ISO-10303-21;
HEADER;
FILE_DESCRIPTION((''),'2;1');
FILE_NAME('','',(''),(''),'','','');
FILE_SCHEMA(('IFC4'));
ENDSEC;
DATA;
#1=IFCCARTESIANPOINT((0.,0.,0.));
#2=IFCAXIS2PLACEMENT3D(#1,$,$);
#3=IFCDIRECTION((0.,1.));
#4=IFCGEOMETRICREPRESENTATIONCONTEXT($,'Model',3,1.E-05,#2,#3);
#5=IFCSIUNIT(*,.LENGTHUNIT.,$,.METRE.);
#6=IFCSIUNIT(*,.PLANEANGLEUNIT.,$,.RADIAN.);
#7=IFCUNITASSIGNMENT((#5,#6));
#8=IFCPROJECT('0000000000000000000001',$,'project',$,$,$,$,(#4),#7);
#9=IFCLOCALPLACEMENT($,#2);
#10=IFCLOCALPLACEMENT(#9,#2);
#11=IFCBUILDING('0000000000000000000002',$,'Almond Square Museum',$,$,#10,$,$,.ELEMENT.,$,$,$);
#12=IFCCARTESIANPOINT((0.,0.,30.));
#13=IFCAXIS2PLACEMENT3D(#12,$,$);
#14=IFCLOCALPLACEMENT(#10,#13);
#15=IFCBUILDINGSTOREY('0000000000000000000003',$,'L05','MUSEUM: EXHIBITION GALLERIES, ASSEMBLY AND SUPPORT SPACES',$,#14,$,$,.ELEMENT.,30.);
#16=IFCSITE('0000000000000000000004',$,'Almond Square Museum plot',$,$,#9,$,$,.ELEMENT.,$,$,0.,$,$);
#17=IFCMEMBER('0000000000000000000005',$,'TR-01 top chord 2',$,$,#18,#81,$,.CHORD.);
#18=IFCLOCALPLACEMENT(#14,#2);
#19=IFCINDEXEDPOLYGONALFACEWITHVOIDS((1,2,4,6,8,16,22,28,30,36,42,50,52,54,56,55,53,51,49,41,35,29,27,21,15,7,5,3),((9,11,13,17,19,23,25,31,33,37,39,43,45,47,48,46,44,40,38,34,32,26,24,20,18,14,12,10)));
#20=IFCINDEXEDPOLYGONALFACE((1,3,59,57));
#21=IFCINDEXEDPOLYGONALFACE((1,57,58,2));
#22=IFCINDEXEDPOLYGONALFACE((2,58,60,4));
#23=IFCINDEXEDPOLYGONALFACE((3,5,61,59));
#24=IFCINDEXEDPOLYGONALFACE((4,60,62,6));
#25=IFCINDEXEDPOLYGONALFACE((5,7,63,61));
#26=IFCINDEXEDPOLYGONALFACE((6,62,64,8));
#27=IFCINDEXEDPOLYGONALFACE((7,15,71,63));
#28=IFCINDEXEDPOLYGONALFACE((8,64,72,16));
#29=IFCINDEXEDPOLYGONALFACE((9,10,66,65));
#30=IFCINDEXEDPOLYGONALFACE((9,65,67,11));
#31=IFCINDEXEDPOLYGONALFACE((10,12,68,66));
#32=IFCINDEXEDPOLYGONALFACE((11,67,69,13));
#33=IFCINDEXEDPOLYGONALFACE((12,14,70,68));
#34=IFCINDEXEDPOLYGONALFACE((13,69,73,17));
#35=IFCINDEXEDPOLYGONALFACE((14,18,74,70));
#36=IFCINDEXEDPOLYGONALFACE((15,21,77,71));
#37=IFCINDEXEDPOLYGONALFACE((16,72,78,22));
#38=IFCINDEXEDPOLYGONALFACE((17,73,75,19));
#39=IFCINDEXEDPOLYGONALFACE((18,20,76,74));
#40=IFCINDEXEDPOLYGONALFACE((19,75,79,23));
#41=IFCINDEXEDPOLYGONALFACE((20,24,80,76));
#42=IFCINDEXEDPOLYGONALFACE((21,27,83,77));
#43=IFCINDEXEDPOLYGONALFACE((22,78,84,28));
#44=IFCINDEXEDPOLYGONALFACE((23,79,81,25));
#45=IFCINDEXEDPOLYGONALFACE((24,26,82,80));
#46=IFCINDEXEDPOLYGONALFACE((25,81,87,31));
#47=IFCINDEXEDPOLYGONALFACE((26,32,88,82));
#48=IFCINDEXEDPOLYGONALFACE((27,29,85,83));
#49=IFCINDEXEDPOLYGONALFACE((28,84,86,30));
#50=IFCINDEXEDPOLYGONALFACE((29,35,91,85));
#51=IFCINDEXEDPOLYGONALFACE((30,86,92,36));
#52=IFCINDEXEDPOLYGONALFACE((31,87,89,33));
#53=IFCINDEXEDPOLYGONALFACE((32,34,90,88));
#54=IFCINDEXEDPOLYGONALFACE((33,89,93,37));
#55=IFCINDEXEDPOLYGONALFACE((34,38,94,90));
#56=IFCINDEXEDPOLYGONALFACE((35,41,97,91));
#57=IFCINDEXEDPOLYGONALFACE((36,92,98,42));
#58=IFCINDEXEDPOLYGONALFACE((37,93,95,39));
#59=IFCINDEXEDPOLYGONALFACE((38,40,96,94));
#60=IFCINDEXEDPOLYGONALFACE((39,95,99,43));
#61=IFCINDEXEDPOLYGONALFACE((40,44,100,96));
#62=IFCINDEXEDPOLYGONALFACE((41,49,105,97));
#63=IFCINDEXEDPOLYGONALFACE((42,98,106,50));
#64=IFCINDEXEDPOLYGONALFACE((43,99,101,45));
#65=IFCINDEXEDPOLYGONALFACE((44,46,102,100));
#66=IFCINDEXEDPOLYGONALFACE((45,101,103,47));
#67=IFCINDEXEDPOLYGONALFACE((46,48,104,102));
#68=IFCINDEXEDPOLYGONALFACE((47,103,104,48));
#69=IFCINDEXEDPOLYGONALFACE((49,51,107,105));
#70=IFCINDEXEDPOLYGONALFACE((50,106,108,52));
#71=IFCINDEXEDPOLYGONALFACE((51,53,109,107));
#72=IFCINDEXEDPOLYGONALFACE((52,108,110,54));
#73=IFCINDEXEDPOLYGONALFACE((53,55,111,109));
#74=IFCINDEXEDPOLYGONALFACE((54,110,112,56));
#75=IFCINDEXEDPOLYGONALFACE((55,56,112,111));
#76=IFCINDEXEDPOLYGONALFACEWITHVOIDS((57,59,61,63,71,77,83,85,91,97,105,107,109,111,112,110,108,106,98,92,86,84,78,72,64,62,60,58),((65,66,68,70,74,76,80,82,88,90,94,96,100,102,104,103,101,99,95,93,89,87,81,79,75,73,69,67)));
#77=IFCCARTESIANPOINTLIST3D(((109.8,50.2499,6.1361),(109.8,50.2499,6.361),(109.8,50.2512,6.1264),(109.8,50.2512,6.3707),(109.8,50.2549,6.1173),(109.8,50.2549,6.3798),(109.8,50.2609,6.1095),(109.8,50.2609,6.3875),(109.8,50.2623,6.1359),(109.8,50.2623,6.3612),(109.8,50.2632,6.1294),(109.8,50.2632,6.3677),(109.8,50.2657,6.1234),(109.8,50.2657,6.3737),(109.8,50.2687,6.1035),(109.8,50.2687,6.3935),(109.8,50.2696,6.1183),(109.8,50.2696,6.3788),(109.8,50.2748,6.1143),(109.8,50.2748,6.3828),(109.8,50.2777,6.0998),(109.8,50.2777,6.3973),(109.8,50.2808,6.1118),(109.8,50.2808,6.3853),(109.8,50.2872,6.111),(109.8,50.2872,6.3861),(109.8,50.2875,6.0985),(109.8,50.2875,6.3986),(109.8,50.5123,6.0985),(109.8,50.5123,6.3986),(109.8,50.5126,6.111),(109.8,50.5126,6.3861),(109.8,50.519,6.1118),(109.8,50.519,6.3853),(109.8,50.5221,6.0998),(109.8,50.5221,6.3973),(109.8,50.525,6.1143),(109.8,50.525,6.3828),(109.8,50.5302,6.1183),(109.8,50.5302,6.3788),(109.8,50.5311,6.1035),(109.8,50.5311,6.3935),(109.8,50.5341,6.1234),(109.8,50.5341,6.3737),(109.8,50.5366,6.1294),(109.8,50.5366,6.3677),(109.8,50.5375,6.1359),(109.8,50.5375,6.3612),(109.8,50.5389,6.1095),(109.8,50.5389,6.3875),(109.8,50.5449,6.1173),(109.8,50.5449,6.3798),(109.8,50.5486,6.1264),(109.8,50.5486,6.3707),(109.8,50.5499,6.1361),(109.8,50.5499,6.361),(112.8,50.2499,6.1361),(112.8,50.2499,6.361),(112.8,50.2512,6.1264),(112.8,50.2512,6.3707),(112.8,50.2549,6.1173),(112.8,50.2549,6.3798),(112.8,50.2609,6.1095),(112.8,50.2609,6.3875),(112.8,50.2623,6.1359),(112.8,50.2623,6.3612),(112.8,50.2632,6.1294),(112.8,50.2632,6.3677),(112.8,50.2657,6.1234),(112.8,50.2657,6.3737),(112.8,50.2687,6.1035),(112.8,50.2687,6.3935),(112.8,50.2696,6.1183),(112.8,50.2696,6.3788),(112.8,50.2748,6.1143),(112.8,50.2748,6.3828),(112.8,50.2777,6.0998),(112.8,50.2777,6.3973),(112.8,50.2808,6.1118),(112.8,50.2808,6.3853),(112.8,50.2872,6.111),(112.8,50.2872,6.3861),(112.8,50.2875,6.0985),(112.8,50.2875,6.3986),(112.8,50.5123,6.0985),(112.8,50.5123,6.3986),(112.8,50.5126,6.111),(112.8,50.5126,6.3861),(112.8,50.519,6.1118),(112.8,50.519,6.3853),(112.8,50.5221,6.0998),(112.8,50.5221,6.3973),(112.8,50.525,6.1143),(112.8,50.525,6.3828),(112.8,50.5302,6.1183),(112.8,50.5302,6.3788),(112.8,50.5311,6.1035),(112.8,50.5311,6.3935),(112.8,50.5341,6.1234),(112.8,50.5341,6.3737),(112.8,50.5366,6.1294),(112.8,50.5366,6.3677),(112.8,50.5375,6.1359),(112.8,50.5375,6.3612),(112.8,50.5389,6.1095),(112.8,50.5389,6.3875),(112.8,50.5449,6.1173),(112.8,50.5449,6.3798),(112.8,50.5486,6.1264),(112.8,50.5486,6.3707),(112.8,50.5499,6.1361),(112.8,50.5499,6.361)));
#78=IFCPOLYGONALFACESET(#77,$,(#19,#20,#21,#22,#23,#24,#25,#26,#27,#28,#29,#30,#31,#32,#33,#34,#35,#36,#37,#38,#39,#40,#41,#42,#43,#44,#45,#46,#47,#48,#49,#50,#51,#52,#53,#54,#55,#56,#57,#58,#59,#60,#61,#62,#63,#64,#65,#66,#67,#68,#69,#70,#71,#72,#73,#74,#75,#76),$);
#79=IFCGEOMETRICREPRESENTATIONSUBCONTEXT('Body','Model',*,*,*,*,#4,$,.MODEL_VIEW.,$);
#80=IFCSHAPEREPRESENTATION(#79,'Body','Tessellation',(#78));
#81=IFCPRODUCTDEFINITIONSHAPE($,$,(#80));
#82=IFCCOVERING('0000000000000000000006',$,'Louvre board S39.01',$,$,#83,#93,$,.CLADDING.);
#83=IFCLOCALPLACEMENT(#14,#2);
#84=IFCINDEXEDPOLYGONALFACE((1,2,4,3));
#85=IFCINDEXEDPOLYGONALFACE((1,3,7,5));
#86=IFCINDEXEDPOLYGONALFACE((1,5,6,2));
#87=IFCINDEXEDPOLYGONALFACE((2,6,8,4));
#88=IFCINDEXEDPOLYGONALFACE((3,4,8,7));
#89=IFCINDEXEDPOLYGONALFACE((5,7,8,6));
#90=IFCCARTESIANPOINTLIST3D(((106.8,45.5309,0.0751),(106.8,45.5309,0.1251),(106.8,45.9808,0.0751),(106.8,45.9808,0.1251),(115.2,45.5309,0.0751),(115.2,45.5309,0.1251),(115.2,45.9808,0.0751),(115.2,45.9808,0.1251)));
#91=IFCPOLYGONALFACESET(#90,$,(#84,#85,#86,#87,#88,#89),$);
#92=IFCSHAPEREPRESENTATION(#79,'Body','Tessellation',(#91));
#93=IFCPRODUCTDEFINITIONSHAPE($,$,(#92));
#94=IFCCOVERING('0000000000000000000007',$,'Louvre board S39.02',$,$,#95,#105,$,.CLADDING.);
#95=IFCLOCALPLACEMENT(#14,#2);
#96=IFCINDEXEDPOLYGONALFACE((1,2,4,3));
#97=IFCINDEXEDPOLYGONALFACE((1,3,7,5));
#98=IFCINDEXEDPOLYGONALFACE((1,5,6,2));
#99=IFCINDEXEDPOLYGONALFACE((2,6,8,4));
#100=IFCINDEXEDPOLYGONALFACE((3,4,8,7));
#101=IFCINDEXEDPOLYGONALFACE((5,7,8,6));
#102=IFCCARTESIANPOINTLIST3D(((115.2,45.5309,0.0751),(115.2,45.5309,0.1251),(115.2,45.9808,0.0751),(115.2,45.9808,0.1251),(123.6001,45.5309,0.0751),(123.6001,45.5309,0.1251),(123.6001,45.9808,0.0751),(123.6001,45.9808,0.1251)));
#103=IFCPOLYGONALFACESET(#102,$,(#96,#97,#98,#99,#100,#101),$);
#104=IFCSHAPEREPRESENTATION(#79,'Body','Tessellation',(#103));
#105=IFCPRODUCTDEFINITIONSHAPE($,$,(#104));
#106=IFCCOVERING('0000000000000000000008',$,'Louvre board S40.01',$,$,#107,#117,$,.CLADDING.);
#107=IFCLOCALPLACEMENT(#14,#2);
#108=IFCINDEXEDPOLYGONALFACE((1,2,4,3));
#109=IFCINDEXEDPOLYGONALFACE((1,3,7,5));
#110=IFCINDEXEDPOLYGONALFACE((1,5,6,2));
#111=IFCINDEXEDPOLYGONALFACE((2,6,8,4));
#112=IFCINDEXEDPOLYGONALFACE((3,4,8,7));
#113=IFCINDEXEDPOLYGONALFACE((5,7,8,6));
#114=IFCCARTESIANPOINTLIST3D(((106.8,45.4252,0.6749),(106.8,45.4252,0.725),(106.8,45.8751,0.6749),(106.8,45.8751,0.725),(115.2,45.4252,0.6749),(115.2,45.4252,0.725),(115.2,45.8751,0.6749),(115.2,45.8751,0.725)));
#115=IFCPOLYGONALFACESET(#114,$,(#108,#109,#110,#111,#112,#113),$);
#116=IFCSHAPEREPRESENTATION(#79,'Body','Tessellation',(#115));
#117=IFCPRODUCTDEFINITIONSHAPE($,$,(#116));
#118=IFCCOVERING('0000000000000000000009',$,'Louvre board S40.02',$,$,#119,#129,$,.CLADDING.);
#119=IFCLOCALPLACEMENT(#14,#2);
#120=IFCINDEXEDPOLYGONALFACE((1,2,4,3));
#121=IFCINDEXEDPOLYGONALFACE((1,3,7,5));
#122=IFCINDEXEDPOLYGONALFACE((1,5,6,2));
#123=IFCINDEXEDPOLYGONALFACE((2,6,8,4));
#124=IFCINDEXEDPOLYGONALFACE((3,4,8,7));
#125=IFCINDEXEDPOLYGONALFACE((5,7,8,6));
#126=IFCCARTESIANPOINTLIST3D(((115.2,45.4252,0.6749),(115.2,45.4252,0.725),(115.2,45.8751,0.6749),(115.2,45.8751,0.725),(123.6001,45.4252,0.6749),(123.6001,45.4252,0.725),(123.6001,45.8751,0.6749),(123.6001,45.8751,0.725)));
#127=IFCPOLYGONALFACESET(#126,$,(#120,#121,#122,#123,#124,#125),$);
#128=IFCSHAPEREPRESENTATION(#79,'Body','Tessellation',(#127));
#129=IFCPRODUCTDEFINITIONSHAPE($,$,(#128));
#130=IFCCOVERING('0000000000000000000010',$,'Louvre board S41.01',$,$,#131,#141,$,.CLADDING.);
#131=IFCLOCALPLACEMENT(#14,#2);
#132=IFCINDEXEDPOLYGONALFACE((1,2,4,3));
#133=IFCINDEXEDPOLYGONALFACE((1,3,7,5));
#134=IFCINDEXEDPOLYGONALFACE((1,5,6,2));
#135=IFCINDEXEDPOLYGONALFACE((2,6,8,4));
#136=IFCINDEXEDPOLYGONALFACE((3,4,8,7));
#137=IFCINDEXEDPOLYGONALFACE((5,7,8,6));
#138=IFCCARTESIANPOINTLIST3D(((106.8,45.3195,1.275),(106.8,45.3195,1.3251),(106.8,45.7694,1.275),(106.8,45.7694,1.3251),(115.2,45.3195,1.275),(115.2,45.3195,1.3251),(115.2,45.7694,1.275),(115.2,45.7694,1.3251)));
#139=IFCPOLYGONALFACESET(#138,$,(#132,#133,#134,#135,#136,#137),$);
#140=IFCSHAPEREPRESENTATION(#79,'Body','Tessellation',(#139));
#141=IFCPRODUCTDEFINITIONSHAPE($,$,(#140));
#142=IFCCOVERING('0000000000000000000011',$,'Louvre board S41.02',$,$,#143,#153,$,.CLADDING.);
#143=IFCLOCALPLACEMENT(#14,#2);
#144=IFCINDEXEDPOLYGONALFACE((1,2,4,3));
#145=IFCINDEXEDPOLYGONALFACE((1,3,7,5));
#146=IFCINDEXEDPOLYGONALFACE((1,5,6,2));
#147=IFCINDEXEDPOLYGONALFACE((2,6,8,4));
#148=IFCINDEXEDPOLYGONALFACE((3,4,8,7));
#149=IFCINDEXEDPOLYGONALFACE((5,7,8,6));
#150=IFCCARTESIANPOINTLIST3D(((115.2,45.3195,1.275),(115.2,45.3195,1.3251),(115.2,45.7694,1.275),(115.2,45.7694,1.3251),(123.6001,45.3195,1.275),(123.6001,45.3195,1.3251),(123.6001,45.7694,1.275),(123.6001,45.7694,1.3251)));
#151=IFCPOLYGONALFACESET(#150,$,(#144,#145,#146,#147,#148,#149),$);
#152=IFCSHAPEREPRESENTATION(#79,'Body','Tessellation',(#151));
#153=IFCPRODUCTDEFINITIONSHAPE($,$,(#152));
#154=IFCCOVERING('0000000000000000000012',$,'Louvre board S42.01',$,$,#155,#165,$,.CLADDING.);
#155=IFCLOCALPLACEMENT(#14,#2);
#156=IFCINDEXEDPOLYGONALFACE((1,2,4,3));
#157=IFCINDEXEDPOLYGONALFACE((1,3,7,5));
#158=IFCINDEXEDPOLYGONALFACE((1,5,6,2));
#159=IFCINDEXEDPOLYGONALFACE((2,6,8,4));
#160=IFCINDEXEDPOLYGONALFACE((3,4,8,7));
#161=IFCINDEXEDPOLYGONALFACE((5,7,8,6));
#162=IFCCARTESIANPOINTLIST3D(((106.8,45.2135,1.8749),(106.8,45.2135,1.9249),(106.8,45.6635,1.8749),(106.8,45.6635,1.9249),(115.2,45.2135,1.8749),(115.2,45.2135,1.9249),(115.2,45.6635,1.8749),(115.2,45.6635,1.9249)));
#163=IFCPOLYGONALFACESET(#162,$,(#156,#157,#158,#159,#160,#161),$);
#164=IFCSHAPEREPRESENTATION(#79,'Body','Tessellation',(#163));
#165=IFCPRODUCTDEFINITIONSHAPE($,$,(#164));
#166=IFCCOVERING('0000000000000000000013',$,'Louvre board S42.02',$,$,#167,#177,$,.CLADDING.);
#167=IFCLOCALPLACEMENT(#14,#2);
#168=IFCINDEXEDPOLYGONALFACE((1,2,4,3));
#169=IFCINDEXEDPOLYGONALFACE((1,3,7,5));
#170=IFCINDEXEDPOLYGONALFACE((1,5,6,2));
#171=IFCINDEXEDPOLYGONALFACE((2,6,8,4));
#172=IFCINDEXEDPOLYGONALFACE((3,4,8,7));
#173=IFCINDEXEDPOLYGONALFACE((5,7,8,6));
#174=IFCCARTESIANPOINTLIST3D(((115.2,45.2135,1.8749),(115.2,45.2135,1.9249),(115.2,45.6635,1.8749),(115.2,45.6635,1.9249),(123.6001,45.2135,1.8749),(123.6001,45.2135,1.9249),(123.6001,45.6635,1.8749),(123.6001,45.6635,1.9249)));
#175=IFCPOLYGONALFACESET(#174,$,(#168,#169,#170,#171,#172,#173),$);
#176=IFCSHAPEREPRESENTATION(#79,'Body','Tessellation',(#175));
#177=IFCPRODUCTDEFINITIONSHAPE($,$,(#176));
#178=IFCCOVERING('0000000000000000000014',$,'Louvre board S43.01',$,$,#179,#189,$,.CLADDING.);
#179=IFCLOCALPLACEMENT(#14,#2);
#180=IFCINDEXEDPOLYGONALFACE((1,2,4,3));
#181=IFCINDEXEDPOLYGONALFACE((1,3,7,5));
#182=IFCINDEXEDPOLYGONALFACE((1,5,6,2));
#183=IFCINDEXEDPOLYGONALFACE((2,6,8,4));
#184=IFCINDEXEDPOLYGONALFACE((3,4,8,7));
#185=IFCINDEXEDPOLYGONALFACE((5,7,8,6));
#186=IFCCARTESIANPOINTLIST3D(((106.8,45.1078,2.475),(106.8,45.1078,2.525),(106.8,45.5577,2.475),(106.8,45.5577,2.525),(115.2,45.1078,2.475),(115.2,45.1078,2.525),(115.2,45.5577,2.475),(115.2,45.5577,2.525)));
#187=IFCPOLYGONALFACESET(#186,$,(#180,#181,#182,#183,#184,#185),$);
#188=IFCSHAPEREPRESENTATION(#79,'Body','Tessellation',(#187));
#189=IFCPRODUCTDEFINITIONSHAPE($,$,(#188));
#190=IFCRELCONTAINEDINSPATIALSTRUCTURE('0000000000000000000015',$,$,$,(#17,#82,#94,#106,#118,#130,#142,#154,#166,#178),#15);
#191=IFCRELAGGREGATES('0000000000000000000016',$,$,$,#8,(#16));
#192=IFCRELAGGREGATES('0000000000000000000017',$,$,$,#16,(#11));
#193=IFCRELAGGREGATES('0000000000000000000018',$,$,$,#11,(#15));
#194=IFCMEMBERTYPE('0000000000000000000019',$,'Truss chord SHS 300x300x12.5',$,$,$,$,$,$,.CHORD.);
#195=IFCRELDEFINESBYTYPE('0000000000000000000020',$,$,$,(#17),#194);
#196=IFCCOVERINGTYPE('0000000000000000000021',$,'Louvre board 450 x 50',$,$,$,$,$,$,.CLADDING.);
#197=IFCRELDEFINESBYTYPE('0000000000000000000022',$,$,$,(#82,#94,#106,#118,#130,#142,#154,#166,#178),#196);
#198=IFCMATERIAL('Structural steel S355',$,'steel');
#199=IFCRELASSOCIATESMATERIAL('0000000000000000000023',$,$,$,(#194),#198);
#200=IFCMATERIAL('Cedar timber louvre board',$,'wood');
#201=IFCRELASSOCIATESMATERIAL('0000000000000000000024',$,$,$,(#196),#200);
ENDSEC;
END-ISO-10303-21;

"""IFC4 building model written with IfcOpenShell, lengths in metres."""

from ifc_helpers import new_model, si_unit, direction, frame, origin, origin_2d, place, context, subcontext, project, spatial, rectangle, hollow_rectangle, extrude, material, material_profile, profile_set, type_object, element, save


model = new_model("IFC4")

# Units and contexts
model_context = context("Model", 3, precision=1e-05, world=origin(), true_north=direction((0.0, 1.0)))
body_context = subcontext(model_context, "Body", "Model", "MODEL_VIEW")
ifc_project = project(units=[si_unit("LENGTHUNIT", "METRE"), si_unit("PLANEANGLEUNIT", "RADIAN")], contexts=[model_context])

# Site, building, storey
site_placement = place(None, origin())
site = spatial("IfcSite", under=ifc_project, at=site_placement, Name="Almond Square Museum plot", CompositionType="ELEMENT", RefElevation=0.0)
building_placement = place(site_placement, origin())
building = spatial("IfcBuilding", under=site, at=building_placement, Name="Almond Square Museum", CompositionType="ELEMENT")
storey_placement = place(building_placement, frame((0.0, 0.0, 30.0)))
storey = spatial("IfcBuildingStorey", under=building, at=storey_placement, Name="L05", Description="MUSEUM: EXHIBITION GALLERIES, ASSEMBLY AND SUPPORT SPACES", CompositionType="ELEMENT", Elevation=30.0)

# Member
ifc_material_1 = material(Name="Structural steel S355", Category="steel")
ifc_material_profile_1 = material_profile(ifc_material_1, hollow_rectangle(XDim=0.3, YDim=0.3, WallThickness=0.0125, InnerFilletRadius=0.0249, OuterFilletRadius=0.0376, at=origin_2d()))
ifc_profile_set_1 = profile_set([ifc_material_profile_1], Name="Structural steel S355")
member_type = type_object("IfcMemberType", Name="Truss chord SHS 300x300x12.5", PredefinedType="CHORD", material=ifc_profile_set_1)
member_placement = place(storey_placement, frame((109.8, 50.3999, 6.2485), z_axis=(1.0, 0.0, 0.0), x_axis=(0.0, 1.0, 0.0)))
element("IfcMember", 1, at=member_placement, inside=storey, type_object=member_type, Name="TR-01 top chord 2", PredefinedType="CHORD", context=body_context, shape_type="SweptSolid", body=[
    extrude(hollow_rectangle(XDim=0.3, YDim=0.3, WallThickness=0.0125, InnerFilletRadius=0.0249, OuterFilletRadius=0.0376, at=origin_2d()), origin(), (0.0, 0.0, 1.0), 3.0),
])

# Coverings
ifc_material_2 = material(Name="Cedar timber louvre board", Category="wood")
ifc_material_profile_2 = material_profile(ifc_material_2, rectangle(XDim=0.45, YDim=0.05, at=origin_2d()))
ifc_profile_set_2 = profile_set([ifc_material_profile_2], Name="Cedar timber louvre board")
covering_type_1 = type_object("IfcCoveringType", Name="Louvre board 450 x 50", PredefinedType="CLADDING", material=ifc_profile_set_2)
covering_1_placement = place(storey_placement, frame((106.8, 45.7559, 0.1001), z_axis=(1.0, 0.0, 0.0), x_axis=(0.0, 1.0, 0.0)))
element("IfcCovering", 2, at=covering_1_placement, inside=storey, type_object=covering_type_1, Name="Louvre board S39.01", PredefinedType="CLADDING", context=body_context, shape_type="SweptSolid", body=[
    extrude(rectangle(XDim=0.45, YDim=0.05, at=origin_2d()), origin(), (0.0, 0.0, 1.0), 8.3999),
])
covering_2_placement = place(storey_placement, frame((115.2, 45.7559, 0.1001), z_axis=(1.0, 0.0, 0.0), x_axis=(0.0, 1.0, 0.0)))
element("IfcCovering", 3, at=covering_2_placement, inside=storey, type_object=covering_type_1, Name="Louvre board S39.02", PredefinedType="CLADDING", context=body_context, shape_type="SweptSolid", body=[
    extrude(rectangle(XDim=0.45, YDim=0.05, at=origin_2d()), origin(), (0.0, 0.0, 1.0), 8.4001),
])
covering_3_placement = place(storey_placement, frame((106.8, 45.6501, 0.7), z_axis=(1.0, 0.0, 0.0), x_axis=(0.0, 1.0, 0.0)))
element("IfcCovering", 4, at=covering_3_placement, inside=storey, type_object=covering_type_1, Name="Louvre board S40.01", PredefinedType="CLADDING", context=body_context, shape_type="SweptSolid", body=[
    extrude(rectangle(XDim=0.45, YDim=0.05, at=origin_2d()), origin(), (0.0, 0.0, 1.0), 8.3999),
])
covering_4_placement = place(storey_placement, frame((115.2, 45.6501, 0.7), z_axis=(1.0, 0.0, 0.0), x_axis=(0.0, 1.0, 0.0)))
element("IfcCovering", 5, at=covering_4_placement, inside=storey, type_object=covering_type_1, Name="Louvre board S40.02", PredefinedType="CLADDING", context=body_context, shape_type="SweptSolid", body=[
    extrude(rectangle(XDim=0.45, YDim=0.05, at=origin_2d()), origin(), (0.0, 0.0, 1.0), 8.4001),
])
covering_5_placement = place(storey_placement, frame((106.8, 45.5444, 1.3), z_axis=(1.0, 0.0, 0.0), x_axis=(0.0, 1.0, 0.0)))
element("IfcCovering", 6, at=covering_5_placement, inside=storey, type_object=covering_type_1, Name="Louvre board S41.01", PredefinedType="CLADDING", context=body_context, shape_type="SweptSolid", body=[
    extrude(rectangle(XDim=0.45, YDim=0.05, at=origin_2d()), origin(), (0.0, 0.0, 1.0), 8.3999),
])
covering_6_placement = place(storey_placement, frame((115.2, 45.5444, 1.3), z_axis=(1.0, 0.0, 0.0), x_axis=(0.0, 1.0, 0.0)))
element("IfcCovering", 7, at=covering_6_placement, inside=storey, type_object=covering_type_1, Name="Louvre board S41.02", PredefinedType="CLADDING", context=body_context, shape_type="SweptSolid", body=[
    extrude(rectangle(XDim=0.45, YDim=0.05, at=origin_2d()), origin(), (0.0, 0.0, 1.0), 8.4001),
])
covering_7_placement = place(storey_placement, frame((106.8, 45.4385, 1.8999), z_axis=(1.0, 0.0, 0.0), x_axis=(0.0, 1.0, 0.0)))
element("IfcCovering", 8, at=covering_7_placement, inside=storey, type_object=covering_type_1, Name="Louvre board S42.01", PredefinedType="CLADDING", context=body_context, shape_type="SweptSolid", body=[
    extrude(rectangle(XDim=0.45, YDim=0.05, at=origin_2d()), origin(), (0.0, 0.0, 1.0), 8.3999),
])
covering_8_placement = place(storey_placement, frame((115.2, 45.4385, 1.8999), z_axis=(1.0, 0.0, 0.0), x_axis=(0.0, 1.0, 0.0)))
element("IfcCovering", 9, at=covering_8_placement, inside=storey, type_object=covering_type_1, Name="Louvre board S42.02", PredefinedType="CLADDING", context=body_context, shape_type="SweptSolid", body=[
    extrude(rectangle(XDim=0.45, YDim=0.05, at=origin_2d()), origin(), (0.0, 0.0, 1.0), 8.4001),
])
covering_9_placement = place(storey_placement, frame((106.8, 45.3328, 2.5), z_axis=(1.0, 0.0, 0.0), x_axis=(0.0, 1.0, 0.0)))
element("IfcCovering", 10, at=covering_9_placement, inside=storey, type_object=covering_type_1, Name="Louvre board S43.01", PredefinedType="CLADDING", context=body_context, shape_type="SweptSolid", body=[
    extrude(rectangle(XDim=0.45, YDim=0.05, at=origin_2d()), origin(), (0.0, 0.0, 1.0), 8.3999),
])

save(model, "model.ifc")
